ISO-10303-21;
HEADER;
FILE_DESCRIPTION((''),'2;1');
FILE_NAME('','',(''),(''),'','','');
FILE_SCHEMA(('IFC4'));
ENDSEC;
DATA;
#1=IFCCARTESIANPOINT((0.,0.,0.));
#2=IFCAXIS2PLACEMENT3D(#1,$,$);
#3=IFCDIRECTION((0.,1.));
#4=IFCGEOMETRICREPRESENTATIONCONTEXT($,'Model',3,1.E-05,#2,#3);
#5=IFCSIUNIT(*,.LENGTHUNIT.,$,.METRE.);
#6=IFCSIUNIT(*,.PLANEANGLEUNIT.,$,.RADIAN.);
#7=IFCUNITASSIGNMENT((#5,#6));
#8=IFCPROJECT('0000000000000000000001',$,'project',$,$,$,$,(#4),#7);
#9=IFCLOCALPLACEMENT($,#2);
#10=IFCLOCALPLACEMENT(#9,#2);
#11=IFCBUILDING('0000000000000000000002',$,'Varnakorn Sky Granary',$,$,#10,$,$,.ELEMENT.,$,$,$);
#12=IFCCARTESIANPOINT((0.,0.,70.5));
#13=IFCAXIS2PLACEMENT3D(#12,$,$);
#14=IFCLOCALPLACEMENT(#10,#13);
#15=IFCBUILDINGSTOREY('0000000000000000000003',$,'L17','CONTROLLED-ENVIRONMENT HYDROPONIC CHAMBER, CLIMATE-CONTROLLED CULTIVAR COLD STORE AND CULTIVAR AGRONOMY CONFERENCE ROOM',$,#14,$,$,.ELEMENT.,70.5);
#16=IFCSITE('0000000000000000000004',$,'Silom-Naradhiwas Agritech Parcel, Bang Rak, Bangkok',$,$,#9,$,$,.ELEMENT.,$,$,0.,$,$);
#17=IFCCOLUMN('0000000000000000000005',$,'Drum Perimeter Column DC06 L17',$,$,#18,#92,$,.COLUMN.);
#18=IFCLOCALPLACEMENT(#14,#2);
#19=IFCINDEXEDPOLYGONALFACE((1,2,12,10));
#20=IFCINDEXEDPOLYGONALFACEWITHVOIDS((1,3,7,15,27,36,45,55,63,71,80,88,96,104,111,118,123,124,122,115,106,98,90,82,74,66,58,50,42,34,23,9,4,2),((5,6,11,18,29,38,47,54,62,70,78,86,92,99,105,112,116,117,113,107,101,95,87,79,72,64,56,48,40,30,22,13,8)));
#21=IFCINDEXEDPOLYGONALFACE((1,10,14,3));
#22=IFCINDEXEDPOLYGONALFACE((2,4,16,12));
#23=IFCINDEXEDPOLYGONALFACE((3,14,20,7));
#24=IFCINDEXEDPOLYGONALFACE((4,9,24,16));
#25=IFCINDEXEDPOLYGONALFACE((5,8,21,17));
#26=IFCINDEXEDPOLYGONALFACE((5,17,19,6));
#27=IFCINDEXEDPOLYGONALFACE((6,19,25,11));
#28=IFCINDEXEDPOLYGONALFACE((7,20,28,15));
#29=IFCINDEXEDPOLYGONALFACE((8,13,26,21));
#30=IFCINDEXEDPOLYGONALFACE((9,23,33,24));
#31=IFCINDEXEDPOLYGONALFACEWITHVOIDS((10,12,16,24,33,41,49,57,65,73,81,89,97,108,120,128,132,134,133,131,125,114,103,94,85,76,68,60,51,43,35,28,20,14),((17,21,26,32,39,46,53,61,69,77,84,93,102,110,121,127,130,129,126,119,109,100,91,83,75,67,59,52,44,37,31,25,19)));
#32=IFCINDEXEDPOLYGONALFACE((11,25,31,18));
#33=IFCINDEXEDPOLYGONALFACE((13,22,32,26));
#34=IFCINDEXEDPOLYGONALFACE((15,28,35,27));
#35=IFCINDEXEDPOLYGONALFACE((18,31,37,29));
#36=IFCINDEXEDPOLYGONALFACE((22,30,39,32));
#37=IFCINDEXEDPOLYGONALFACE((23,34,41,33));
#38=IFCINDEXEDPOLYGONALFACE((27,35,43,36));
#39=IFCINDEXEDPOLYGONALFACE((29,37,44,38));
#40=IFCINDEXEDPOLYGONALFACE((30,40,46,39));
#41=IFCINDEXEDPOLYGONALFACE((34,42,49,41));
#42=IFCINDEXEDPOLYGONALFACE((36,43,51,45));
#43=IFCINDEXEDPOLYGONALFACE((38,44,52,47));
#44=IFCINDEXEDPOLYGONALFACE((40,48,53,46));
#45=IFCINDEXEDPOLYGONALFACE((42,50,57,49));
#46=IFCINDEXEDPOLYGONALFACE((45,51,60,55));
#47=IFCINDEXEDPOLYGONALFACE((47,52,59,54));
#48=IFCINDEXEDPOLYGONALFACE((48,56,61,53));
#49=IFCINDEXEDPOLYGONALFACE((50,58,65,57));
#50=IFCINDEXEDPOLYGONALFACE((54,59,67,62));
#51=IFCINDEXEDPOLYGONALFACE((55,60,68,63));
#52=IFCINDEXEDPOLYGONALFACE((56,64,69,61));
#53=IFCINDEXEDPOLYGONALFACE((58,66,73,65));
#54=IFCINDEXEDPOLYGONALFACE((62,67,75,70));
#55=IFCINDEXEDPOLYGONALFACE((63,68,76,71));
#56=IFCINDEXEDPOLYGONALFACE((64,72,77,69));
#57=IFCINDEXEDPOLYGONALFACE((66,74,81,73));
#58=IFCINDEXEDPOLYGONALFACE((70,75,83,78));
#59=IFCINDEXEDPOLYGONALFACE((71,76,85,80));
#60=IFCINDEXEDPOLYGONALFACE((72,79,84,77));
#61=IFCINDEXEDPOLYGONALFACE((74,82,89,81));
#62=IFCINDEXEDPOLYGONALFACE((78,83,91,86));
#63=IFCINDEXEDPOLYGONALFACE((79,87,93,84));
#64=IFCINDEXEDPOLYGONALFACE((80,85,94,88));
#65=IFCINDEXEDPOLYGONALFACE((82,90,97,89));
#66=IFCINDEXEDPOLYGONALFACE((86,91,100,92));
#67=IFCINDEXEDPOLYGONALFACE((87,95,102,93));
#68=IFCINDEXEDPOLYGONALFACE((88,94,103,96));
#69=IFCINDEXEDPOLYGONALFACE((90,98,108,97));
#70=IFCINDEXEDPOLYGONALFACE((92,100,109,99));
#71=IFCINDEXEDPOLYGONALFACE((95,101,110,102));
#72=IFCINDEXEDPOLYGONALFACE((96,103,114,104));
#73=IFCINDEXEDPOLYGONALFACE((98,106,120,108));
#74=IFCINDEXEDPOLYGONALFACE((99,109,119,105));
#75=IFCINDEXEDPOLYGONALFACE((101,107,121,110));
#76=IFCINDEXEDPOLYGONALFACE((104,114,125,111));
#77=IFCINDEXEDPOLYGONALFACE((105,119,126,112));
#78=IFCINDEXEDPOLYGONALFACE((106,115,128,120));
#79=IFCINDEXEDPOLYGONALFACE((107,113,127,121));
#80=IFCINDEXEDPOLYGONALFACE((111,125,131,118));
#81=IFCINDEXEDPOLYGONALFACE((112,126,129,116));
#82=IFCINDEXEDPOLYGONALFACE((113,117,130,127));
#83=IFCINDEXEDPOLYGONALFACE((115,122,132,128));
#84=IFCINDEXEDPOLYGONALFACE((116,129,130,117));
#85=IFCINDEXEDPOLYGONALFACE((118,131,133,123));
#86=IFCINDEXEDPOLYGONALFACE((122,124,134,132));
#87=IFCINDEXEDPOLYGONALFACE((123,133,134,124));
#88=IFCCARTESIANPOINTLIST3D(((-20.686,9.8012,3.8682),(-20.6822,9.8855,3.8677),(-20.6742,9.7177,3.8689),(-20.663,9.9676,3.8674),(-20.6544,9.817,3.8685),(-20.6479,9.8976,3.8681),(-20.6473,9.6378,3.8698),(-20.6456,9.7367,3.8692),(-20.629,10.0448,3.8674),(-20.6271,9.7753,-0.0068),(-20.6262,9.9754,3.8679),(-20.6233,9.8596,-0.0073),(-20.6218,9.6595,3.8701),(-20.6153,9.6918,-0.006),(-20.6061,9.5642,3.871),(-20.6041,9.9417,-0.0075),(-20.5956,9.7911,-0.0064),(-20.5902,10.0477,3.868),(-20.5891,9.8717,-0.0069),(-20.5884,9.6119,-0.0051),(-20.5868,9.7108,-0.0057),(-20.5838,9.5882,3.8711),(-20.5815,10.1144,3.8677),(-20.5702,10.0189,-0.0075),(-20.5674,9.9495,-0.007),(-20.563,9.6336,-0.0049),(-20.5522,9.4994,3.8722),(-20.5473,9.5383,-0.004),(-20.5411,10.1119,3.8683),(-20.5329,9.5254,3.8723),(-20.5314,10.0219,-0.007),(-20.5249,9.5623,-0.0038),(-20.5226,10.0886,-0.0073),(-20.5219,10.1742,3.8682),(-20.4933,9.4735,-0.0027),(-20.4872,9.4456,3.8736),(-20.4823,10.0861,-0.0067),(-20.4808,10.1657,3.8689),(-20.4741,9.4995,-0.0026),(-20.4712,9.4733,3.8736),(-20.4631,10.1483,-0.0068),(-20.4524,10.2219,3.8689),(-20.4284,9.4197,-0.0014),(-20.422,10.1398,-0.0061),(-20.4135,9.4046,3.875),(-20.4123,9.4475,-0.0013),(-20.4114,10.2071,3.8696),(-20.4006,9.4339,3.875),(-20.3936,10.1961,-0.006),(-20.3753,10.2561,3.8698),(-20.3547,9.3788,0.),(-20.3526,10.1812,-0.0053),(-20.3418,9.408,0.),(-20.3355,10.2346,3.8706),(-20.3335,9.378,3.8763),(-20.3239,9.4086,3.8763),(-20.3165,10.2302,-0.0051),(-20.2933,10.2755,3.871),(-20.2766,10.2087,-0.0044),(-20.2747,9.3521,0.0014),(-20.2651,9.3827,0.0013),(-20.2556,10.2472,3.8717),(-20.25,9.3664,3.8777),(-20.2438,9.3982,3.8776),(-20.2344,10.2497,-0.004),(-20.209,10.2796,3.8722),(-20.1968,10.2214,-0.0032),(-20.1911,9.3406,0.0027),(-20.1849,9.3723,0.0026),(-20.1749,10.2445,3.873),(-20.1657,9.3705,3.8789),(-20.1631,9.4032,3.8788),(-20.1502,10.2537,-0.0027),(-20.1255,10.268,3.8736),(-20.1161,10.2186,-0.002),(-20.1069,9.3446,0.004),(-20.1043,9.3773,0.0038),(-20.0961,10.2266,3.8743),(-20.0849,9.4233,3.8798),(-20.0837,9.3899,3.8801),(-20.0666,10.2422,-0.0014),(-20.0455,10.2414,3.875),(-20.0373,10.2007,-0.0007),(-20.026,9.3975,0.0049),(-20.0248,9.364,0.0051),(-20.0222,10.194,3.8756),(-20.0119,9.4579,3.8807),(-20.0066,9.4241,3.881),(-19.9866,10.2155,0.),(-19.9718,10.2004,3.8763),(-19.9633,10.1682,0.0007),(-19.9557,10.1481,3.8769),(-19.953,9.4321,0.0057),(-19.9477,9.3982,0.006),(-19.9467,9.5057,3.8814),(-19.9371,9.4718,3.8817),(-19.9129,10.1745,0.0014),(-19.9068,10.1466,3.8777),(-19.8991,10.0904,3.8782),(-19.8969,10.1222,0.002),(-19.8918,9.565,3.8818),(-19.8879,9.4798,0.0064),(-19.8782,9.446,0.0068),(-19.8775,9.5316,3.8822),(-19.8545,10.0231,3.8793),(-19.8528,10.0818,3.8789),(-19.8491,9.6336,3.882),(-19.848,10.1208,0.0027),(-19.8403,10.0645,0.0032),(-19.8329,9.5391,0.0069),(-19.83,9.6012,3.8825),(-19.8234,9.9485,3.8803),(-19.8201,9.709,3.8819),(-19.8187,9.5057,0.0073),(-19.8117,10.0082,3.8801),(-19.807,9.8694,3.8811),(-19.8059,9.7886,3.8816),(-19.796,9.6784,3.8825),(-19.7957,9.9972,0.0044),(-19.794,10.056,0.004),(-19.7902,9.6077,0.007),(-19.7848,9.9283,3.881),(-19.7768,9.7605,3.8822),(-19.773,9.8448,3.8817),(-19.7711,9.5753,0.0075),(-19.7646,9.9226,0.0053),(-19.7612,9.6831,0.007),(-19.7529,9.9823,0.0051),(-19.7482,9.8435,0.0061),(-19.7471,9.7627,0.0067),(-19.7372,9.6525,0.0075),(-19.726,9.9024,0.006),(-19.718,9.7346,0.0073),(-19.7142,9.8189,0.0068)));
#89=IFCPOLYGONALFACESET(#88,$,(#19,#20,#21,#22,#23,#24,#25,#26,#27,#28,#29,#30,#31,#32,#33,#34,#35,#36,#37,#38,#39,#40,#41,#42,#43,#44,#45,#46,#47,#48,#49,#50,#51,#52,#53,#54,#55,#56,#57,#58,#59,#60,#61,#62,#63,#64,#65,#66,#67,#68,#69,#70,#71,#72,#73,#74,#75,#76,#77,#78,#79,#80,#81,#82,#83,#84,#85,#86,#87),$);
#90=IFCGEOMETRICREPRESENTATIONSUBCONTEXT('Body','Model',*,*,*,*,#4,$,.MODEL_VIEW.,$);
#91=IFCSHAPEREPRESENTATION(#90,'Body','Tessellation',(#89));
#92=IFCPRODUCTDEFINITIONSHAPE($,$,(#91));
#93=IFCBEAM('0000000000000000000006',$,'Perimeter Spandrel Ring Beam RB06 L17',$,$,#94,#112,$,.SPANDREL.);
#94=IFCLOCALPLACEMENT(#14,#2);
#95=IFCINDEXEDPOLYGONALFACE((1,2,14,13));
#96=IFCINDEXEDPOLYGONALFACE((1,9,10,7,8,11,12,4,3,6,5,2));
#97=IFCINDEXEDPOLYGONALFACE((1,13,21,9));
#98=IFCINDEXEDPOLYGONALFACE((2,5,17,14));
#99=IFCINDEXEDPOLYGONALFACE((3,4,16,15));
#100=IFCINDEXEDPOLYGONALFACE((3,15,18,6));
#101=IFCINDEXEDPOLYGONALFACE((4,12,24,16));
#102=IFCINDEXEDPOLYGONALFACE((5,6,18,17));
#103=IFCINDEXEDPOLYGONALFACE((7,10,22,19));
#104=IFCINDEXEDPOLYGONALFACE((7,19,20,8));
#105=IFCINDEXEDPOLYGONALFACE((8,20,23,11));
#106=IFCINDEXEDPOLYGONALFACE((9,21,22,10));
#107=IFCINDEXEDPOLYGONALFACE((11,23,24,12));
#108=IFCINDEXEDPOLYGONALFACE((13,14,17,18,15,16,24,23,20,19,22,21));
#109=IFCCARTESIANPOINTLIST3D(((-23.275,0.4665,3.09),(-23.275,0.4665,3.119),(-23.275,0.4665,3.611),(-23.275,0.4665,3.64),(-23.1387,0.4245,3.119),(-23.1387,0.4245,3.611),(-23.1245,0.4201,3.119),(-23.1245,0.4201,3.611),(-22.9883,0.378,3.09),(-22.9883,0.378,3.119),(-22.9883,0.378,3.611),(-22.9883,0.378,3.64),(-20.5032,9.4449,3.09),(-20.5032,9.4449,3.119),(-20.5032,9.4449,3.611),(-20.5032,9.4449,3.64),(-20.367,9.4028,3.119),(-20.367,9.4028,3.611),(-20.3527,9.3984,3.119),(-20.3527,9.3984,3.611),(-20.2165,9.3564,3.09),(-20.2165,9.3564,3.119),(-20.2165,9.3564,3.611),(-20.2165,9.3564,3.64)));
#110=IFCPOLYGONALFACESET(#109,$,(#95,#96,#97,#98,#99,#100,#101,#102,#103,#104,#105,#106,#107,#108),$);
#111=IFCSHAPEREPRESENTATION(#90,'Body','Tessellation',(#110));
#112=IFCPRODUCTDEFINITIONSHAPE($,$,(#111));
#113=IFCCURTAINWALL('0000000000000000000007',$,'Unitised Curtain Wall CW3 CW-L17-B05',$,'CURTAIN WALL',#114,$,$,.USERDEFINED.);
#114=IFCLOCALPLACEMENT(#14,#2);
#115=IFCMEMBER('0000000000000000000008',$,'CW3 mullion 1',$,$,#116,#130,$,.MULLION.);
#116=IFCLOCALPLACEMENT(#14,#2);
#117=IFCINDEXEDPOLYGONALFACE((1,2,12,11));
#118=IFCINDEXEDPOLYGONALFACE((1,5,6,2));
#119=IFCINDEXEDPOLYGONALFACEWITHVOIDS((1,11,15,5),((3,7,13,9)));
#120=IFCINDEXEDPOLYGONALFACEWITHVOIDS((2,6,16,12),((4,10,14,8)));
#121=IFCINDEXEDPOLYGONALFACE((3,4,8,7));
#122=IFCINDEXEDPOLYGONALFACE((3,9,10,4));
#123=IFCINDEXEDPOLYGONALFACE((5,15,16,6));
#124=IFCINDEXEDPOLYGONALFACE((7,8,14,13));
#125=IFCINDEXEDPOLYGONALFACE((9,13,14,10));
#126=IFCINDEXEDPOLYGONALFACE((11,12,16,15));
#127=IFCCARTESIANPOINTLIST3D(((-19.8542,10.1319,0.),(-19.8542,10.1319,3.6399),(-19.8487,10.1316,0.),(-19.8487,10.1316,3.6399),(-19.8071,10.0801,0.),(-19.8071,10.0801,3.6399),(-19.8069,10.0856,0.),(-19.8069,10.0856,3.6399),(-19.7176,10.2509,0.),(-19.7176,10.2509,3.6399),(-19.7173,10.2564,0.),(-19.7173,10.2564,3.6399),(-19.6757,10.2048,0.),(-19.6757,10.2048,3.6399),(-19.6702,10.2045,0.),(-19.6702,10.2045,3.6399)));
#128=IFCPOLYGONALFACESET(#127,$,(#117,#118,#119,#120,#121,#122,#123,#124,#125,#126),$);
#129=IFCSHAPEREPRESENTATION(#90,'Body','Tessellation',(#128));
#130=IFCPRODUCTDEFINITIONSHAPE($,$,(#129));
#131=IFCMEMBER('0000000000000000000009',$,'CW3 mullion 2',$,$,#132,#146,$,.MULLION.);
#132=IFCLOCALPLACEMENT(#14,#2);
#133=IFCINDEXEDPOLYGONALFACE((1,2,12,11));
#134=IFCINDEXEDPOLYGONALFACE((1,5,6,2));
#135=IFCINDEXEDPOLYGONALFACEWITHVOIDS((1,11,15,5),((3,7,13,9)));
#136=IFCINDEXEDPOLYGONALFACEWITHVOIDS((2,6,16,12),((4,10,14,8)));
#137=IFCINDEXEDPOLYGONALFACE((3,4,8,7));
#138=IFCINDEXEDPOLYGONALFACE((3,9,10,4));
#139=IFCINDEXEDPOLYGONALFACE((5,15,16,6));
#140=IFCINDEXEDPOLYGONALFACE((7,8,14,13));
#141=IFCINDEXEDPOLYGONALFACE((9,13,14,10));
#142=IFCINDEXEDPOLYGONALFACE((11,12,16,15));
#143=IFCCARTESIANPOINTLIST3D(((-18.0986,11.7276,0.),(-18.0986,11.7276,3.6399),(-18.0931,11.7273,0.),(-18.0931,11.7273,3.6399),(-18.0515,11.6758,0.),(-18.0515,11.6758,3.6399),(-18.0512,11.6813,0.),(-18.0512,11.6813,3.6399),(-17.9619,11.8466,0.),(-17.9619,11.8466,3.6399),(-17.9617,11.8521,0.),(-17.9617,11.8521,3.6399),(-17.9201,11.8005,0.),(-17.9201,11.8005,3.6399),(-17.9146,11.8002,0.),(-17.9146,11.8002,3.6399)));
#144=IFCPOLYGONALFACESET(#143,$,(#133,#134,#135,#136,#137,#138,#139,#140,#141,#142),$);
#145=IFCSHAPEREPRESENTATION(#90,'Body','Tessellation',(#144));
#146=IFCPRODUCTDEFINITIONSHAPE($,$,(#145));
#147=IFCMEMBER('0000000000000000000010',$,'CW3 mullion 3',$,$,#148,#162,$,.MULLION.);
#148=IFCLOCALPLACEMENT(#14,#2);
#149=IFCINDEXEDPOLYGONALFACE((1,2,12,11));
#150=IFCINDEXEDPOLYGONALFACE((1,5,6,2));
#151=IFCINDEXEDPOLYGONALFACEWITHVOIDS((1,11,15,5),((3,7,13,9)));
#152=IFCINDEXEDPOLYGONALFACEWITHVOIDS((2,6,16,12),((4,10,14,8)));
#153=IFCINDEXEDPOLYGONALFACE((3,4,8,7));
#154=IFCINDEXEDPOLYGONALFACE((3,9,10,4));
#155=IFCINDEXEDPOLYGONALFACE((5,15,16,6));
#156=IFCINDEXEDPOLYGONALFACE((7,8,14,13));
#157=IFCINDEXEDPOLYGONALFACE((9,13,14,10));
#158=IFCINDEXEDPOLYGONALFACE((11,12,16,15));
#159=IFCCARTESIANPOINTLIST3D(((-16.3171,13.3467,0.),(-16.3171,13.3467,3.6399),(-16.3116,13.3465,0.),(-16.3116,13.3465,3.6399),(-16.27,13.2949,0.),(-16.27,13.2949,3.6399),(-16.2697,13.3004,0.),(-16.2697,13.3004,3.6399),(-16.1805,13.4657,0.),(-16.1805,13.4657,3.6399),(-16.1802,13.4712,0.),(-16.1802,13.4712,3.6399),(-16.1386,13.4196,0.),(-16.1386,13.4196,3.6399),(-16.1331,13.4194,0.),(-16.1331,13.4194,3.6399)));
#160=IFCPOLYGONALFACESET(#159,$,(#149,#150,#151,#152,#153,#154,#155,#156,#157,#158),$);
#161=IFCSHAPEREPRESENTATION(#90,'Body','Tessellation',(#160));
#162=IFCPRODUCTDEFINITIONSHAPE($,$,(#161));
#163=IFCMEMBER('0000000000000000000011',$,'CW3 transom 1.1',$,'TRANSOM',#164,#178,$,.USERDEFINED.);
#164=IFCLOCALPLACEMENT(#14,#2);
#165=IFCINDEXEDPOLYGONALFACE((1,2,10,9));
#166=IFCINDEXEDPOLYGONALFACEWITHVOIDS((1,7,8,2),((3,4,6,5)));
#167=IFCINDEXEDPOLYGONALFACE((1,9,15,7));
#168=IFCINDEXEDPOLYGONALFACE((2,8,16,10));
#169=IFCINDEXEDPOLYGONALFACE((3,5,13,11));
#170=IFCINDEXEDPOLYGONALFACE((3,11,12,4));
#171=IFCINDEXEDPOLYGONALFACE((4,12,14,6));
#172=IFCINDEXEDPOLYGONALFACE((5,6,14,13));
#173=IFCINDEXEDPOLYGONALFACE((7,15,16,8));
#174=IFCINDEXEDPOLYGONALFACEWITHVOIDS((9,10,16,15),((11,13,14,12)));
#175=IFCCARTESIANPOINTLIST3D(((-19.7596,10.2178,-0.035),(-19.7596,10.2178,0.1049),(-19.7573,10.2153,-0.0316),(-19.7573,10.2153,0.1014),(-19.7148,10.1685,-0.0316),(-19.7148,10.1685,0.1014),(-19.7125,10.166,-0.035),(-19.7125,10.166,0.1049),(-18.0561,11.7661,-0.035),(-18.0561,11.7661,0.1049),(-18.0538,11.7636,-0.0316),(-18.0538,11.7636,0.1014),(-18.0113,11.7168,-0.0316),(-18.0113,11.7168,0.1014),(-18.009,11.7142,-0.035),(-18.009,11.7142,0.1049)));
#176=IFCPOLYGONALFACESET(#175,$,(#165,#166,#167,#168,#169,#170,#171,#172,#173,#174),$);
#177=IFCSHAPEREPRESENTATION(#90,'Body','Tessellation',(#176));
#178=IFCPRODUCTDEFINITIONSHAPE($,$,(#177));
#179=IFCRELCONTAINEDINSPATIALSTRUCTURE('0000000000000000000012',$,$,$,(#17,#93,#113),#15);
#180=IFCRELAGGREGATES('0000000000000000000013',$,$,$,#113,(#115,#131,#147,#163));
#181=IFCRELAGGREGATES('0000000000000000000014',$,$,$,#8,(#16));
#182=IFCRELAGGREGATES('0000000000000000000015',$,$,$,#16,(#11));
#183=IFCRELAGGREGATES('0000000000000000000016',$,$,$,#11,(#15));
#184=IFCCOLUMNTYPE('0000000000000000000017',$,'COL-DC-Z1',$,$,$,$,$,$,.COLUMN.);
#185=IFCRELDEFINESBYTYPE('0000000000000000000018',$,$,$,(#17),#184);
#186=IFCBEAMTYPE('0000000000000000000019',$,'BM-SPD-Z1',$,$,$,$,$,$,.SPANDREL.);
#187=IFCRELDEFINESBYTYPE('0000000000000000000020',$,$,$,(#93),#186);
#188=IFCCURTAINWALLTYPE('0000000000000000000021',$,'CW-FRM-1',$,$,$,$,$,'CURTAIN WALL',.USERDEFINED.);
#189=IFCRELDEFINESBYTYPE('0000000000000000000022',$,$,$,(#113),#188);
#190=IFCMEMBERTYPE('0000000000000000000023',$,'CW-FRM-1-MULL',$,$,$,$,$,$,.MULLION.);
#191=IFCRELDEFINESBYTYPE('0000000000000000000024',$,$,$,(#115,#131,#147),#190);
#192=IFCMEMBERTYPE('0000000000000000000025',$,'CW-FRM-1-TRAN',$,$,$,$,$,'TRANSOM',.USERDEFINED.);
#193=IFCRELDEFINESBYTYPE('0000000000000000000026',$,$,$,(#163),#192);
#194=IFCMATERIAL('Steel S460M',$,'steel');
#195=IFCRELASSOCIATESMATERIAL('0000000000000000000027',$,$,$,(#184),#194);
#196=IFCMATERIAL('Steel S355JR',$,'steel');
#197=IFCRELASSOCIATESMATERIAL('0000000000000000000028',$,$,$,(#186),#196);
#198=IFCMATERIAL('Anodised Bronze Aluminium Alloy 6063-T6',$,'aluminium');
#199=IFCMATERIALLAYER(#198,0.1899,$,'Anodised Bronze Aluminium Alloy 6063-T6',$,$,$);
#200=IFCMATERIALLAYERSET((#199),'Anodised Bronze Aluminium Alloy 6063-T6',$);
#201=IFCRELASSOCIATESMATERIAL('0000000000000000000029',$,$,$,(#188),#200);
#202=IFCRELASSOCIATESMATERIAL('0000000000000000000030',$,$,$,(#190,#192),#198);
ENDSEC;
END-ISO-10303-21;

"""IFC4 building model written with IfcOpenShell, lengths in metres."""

from ifc_helpers import new_model, si_unit, direction, frame, origin, origin_2d, place, context, subcontext, project, spatial, hollow_rectangle, hollow_circle, i_section, extrude, material, layer, layer_set, material_profile, profile_set, type_object, element, aggregate, save


model = new_model("IFC4")

# Units and contexts
model_context = context("Model", 3, precision=1e-05, world=origin(), true_north=direction((0.0, 1.0)))
body_context = subcontext(model_context, "Body", "Model", "MODEL_VIEW")
ifc_project = project(units=[si_unit("LENGTHUNIT", "METRE"), si_unit("PLANEANGLEUNIT", "RADIAN")], contexts=[model_context])

# Site, building, storey
site_placement = place(None, origin())
site = spatial("IfcSite", under=ifc_project, at=site_placement, Name="Silom-Naradhiwas Agritech Parcel, Bang Rak, Bangkok", CompositionType="ELEMENT", RefElevation=0.0)
building_placement = place(site_placement, origin())
building = spatial("IfcBuilding", under=site, at=building_placement, Name="Varnakorn Sky Granary", CompositionType="ELEMENT")
storey_placement = place(building_placement, frame((0.0, 0.0, 70.5)))
storey = spatial("IfcBuildingStorey", under=building, at=storey_placement, Name="L17", Description="CONTROLLED-ENVIRONMENT HYDROPONIC CHAMBER, CLIMATE-CONTROLLED CULTIVAR COLD STORE AND CULTIVAR AGRONOMY CONFERENCE ROOM", CompositionType="ELEMENT", Elevation=70.5)

# Column
ifc_material_1 = material(Name="Steel S460M", Category="steel")
ifc_material_profile_1 = material_profile(ifc_material_1, hollow_circle(Radius=0.457, WallThickness=0.032, at=origin_2d()), Name="CHS 914x32")
ifc_profile_set_1 = profile_set([ifc_material_profile_1], Name="Steel S460M")
column_type = type_object("IfcColumnType", Name="COL-DC-Z1", PredefinedType="COLUMN", material=ifc_profile_set_1)
column_placement = place(storey_placement, frame((-20.1707, 9.7971, 0.0), z_axis=(-0.015182, 0.006678, 0.999862), x_axis=(-0.402611, -0.915371, 0.0)))
element("IfcColumn", 1, at=column_placement, inside=storey, type_object=column_type, Name="Drum Perimeter Column DC06 L17", PredefinedType="COLUMN", context=body_context, shape_type="SweptSolid", body=[
    extrude(hollow_circle(Radius=0.457, WallThickness=0.032, at=origin_2d()), origin(), (0.0, 0.0, 1.0), 3.8755),
])

# Beam
ifc_material_2 = material(Name="Steel S355JR", Category="steel")
ifc_material_profile_2 = material_profile(ifc_material_2, i_section(OverallWidth=0.3, OverallDepth=0.55, WebThickness=0.0149, FlangeThickness=0.0291, at=origin_2d()), Name="HE 550 B")
ifc_profile_set_2 = profile_set([ifc_material_profile_2], Name="Steel S355JR")
beam_type = type_object("IfcBeamType", Name="BM-SPD-Z1", PredefinedType="SPANDREL", material=ifc_profile_set_2)
beam_placement = place(storey_placement, frame((-20.3599, 9.4006, 3.365), z_axis=(-0.294979, -0.955504, 0.0), x_axis=(0.955504, -0.294979, 0.0)))
element("IfcBeam", 2, at=beam_placement, inside=storey, type_object=beam_type, Name="Perimeter Spandrel Ring Beam RB06 L17", PredefinedType="SPANDREL", context=body_context, shape_type="SweptSolid", body=[
    extrude(i_section(OverallWidth=0.3, OverallDepth=0.55, WebThickness=0.0149, FlangeThickness=0.0291, at=origin_2d()), origin(), (0.0, 0.0, 1.0), 9.3965),
])

# Curtain wall, members
ifc_material_3 = material(Name="Anodised Bronze Aluminium Alloy 6063-T6", Category="aluminium")
ifc_layer_1 = layer(ifc_material_3, 0.1899, Name="Anodised Bronze Aluminium Alloy 6063-T6")
ifc_layer_set_1 = layer_set([ifc_layer_1], Name="Anodised Bronze Aluminium Alloy 6063-T6")
curtain_wall_type = type_object("IfcCurtainWallType", Name="CW-FRM-1", ElementType="CURTAIN WALL", PredefinedType="USERDEFINED", material=ifc_layer_set_1)
curtain_wall_placement = place(storey_placement, origin())
curtain_wall = element("IfcCurtainWall", 3, at=curtain_wall_placement, inside=storey, type_object=curtain_wall_type, Name="Unitised Curtain Wall CW3 CW-L17-B05", ObjectType="CURTAIN WALL", PredefinedType="USERDEFINED")
ifc_material_profile_3 = material_profile(ifc_material_3, hollow_rectangle(XDim=0.0701, YDim=0.1851, WallThickness=0.0039, at=origin_2d()), Name="ALU MULL 70x185")
ifc_profile_set_3 = profile_set([ifc_material_profile_3], Name="Anodised Bronze Aluminium Alloy 6063-T6")
member_type_1 = type_object("IfcMemberType", Name="CW-FRM-1-MULL", PredefinedType="MULLION", material=ifc_profile_set_3)
member_1_placement = place(storey_placement, frame((-19.7622, 10.1682, 0.0), z_axis=(0.0, 0.0, 1.0), x_axis=(-0.672582, 0.740022, 0.0)))
member_1 = element("IfcMember", 4, at=member_1_placement, type_object=member_type_1, Name="CW3 mullion 1", PredefinedType="MULLION", context=body_context, shape_type="SweptSolid", body=[
    extrude(hollow_rectangle(XDim=0.0701, YDim=0.1851, WallThickness=0.0039, at=origin_2d()), origin(), (0.0, 0.0, 1.0), 3.6399),
])
member_2_placement = place(storey_placement, frame((-18.0066, 11.7639, 0.0), z_axis=(0.0, 0.0, 1.0), x_axis=(-0.672582, 0.740022, 0.0)))
member_2 = element("IfcMember", 5, at=member_2_placement, type_object=member_type_1, Name="CW3 mullion 2", PredefinedType="MULLION", context=body_context, shape_type="SweptSolid", body=[
    extrude(hollow_rectangle(XDim=0.0701, YDim=0.1851, WallThickness=0.0039, at=origin_2d()), origin(), (0.0, 0.0, 1.0), 3.6399),
])
member_3_placement = place(storey_placement, frame((-16.2251, 13.3831, 0.0), z_axis=(0.0, 0.0, 1.0), x_axis=(-0.672582, 0.740022, 0.0)))
member_3 = element("IfcMember", 6, at=member_3_placement, type_object=member_type_1, Name="CW3 mullion 3", PredefinedType="MULLION", context=body_context, shape_type="SweptSolid", body=[
    extrude(hollow_rectangle(XDim=0.0701, YDim=0.1851, WallThickness=0.0039, at=origin_2d()), origin(), (0.0, 0.0, 1.0), 3.6399),
])
ifc_material_profile_4 = material_profile(ifc_material_3, hollow_rectangle(XDim=0.0701, YDim=0.1399, WallThickness=0.0034, at=origin_2d()), Name="ALU TRAN 70x140")
ifc_profile_set_4 = profile_set([ifc_material_profile_4], Name="Anodised Bronze Aluminium Alloy 6063-T6")
member_type_2 = type_object("IfcMemberType", Name="CW-FRM-1-TRAN", ElementType="TRANSOM", PredefinedType="USERDEFINED", material=ifc_profile_set_4)
member_4_placement = place(storey_placement, frame((-19.7361, 10.1919, 0.0349), z_axis=(0.740026, 0.672578, 0.0), x_axis=(-0.672578, 0.740026, 0.0)))
member_4 = element("IfcMember", 7, at=member_4_placement, type_object=member_type_2, Name="CW3 transom 1.1", ObjectType="TRANSOM", PredefinedType="USERDEFINED", context=body_context, shape_type="SweptSolid", body=[
    extrude(hollow_rectangle(XDim=0.0701, YDim=0.1399, WallThickness=0.0034, at=origin_2d()), origin(), (0.0, 0.0, 1.0), 2.302),
])

aggregate(curtain_wall, [member_1, member_2, member_3, member_4])

save(model, "model.ifc")
